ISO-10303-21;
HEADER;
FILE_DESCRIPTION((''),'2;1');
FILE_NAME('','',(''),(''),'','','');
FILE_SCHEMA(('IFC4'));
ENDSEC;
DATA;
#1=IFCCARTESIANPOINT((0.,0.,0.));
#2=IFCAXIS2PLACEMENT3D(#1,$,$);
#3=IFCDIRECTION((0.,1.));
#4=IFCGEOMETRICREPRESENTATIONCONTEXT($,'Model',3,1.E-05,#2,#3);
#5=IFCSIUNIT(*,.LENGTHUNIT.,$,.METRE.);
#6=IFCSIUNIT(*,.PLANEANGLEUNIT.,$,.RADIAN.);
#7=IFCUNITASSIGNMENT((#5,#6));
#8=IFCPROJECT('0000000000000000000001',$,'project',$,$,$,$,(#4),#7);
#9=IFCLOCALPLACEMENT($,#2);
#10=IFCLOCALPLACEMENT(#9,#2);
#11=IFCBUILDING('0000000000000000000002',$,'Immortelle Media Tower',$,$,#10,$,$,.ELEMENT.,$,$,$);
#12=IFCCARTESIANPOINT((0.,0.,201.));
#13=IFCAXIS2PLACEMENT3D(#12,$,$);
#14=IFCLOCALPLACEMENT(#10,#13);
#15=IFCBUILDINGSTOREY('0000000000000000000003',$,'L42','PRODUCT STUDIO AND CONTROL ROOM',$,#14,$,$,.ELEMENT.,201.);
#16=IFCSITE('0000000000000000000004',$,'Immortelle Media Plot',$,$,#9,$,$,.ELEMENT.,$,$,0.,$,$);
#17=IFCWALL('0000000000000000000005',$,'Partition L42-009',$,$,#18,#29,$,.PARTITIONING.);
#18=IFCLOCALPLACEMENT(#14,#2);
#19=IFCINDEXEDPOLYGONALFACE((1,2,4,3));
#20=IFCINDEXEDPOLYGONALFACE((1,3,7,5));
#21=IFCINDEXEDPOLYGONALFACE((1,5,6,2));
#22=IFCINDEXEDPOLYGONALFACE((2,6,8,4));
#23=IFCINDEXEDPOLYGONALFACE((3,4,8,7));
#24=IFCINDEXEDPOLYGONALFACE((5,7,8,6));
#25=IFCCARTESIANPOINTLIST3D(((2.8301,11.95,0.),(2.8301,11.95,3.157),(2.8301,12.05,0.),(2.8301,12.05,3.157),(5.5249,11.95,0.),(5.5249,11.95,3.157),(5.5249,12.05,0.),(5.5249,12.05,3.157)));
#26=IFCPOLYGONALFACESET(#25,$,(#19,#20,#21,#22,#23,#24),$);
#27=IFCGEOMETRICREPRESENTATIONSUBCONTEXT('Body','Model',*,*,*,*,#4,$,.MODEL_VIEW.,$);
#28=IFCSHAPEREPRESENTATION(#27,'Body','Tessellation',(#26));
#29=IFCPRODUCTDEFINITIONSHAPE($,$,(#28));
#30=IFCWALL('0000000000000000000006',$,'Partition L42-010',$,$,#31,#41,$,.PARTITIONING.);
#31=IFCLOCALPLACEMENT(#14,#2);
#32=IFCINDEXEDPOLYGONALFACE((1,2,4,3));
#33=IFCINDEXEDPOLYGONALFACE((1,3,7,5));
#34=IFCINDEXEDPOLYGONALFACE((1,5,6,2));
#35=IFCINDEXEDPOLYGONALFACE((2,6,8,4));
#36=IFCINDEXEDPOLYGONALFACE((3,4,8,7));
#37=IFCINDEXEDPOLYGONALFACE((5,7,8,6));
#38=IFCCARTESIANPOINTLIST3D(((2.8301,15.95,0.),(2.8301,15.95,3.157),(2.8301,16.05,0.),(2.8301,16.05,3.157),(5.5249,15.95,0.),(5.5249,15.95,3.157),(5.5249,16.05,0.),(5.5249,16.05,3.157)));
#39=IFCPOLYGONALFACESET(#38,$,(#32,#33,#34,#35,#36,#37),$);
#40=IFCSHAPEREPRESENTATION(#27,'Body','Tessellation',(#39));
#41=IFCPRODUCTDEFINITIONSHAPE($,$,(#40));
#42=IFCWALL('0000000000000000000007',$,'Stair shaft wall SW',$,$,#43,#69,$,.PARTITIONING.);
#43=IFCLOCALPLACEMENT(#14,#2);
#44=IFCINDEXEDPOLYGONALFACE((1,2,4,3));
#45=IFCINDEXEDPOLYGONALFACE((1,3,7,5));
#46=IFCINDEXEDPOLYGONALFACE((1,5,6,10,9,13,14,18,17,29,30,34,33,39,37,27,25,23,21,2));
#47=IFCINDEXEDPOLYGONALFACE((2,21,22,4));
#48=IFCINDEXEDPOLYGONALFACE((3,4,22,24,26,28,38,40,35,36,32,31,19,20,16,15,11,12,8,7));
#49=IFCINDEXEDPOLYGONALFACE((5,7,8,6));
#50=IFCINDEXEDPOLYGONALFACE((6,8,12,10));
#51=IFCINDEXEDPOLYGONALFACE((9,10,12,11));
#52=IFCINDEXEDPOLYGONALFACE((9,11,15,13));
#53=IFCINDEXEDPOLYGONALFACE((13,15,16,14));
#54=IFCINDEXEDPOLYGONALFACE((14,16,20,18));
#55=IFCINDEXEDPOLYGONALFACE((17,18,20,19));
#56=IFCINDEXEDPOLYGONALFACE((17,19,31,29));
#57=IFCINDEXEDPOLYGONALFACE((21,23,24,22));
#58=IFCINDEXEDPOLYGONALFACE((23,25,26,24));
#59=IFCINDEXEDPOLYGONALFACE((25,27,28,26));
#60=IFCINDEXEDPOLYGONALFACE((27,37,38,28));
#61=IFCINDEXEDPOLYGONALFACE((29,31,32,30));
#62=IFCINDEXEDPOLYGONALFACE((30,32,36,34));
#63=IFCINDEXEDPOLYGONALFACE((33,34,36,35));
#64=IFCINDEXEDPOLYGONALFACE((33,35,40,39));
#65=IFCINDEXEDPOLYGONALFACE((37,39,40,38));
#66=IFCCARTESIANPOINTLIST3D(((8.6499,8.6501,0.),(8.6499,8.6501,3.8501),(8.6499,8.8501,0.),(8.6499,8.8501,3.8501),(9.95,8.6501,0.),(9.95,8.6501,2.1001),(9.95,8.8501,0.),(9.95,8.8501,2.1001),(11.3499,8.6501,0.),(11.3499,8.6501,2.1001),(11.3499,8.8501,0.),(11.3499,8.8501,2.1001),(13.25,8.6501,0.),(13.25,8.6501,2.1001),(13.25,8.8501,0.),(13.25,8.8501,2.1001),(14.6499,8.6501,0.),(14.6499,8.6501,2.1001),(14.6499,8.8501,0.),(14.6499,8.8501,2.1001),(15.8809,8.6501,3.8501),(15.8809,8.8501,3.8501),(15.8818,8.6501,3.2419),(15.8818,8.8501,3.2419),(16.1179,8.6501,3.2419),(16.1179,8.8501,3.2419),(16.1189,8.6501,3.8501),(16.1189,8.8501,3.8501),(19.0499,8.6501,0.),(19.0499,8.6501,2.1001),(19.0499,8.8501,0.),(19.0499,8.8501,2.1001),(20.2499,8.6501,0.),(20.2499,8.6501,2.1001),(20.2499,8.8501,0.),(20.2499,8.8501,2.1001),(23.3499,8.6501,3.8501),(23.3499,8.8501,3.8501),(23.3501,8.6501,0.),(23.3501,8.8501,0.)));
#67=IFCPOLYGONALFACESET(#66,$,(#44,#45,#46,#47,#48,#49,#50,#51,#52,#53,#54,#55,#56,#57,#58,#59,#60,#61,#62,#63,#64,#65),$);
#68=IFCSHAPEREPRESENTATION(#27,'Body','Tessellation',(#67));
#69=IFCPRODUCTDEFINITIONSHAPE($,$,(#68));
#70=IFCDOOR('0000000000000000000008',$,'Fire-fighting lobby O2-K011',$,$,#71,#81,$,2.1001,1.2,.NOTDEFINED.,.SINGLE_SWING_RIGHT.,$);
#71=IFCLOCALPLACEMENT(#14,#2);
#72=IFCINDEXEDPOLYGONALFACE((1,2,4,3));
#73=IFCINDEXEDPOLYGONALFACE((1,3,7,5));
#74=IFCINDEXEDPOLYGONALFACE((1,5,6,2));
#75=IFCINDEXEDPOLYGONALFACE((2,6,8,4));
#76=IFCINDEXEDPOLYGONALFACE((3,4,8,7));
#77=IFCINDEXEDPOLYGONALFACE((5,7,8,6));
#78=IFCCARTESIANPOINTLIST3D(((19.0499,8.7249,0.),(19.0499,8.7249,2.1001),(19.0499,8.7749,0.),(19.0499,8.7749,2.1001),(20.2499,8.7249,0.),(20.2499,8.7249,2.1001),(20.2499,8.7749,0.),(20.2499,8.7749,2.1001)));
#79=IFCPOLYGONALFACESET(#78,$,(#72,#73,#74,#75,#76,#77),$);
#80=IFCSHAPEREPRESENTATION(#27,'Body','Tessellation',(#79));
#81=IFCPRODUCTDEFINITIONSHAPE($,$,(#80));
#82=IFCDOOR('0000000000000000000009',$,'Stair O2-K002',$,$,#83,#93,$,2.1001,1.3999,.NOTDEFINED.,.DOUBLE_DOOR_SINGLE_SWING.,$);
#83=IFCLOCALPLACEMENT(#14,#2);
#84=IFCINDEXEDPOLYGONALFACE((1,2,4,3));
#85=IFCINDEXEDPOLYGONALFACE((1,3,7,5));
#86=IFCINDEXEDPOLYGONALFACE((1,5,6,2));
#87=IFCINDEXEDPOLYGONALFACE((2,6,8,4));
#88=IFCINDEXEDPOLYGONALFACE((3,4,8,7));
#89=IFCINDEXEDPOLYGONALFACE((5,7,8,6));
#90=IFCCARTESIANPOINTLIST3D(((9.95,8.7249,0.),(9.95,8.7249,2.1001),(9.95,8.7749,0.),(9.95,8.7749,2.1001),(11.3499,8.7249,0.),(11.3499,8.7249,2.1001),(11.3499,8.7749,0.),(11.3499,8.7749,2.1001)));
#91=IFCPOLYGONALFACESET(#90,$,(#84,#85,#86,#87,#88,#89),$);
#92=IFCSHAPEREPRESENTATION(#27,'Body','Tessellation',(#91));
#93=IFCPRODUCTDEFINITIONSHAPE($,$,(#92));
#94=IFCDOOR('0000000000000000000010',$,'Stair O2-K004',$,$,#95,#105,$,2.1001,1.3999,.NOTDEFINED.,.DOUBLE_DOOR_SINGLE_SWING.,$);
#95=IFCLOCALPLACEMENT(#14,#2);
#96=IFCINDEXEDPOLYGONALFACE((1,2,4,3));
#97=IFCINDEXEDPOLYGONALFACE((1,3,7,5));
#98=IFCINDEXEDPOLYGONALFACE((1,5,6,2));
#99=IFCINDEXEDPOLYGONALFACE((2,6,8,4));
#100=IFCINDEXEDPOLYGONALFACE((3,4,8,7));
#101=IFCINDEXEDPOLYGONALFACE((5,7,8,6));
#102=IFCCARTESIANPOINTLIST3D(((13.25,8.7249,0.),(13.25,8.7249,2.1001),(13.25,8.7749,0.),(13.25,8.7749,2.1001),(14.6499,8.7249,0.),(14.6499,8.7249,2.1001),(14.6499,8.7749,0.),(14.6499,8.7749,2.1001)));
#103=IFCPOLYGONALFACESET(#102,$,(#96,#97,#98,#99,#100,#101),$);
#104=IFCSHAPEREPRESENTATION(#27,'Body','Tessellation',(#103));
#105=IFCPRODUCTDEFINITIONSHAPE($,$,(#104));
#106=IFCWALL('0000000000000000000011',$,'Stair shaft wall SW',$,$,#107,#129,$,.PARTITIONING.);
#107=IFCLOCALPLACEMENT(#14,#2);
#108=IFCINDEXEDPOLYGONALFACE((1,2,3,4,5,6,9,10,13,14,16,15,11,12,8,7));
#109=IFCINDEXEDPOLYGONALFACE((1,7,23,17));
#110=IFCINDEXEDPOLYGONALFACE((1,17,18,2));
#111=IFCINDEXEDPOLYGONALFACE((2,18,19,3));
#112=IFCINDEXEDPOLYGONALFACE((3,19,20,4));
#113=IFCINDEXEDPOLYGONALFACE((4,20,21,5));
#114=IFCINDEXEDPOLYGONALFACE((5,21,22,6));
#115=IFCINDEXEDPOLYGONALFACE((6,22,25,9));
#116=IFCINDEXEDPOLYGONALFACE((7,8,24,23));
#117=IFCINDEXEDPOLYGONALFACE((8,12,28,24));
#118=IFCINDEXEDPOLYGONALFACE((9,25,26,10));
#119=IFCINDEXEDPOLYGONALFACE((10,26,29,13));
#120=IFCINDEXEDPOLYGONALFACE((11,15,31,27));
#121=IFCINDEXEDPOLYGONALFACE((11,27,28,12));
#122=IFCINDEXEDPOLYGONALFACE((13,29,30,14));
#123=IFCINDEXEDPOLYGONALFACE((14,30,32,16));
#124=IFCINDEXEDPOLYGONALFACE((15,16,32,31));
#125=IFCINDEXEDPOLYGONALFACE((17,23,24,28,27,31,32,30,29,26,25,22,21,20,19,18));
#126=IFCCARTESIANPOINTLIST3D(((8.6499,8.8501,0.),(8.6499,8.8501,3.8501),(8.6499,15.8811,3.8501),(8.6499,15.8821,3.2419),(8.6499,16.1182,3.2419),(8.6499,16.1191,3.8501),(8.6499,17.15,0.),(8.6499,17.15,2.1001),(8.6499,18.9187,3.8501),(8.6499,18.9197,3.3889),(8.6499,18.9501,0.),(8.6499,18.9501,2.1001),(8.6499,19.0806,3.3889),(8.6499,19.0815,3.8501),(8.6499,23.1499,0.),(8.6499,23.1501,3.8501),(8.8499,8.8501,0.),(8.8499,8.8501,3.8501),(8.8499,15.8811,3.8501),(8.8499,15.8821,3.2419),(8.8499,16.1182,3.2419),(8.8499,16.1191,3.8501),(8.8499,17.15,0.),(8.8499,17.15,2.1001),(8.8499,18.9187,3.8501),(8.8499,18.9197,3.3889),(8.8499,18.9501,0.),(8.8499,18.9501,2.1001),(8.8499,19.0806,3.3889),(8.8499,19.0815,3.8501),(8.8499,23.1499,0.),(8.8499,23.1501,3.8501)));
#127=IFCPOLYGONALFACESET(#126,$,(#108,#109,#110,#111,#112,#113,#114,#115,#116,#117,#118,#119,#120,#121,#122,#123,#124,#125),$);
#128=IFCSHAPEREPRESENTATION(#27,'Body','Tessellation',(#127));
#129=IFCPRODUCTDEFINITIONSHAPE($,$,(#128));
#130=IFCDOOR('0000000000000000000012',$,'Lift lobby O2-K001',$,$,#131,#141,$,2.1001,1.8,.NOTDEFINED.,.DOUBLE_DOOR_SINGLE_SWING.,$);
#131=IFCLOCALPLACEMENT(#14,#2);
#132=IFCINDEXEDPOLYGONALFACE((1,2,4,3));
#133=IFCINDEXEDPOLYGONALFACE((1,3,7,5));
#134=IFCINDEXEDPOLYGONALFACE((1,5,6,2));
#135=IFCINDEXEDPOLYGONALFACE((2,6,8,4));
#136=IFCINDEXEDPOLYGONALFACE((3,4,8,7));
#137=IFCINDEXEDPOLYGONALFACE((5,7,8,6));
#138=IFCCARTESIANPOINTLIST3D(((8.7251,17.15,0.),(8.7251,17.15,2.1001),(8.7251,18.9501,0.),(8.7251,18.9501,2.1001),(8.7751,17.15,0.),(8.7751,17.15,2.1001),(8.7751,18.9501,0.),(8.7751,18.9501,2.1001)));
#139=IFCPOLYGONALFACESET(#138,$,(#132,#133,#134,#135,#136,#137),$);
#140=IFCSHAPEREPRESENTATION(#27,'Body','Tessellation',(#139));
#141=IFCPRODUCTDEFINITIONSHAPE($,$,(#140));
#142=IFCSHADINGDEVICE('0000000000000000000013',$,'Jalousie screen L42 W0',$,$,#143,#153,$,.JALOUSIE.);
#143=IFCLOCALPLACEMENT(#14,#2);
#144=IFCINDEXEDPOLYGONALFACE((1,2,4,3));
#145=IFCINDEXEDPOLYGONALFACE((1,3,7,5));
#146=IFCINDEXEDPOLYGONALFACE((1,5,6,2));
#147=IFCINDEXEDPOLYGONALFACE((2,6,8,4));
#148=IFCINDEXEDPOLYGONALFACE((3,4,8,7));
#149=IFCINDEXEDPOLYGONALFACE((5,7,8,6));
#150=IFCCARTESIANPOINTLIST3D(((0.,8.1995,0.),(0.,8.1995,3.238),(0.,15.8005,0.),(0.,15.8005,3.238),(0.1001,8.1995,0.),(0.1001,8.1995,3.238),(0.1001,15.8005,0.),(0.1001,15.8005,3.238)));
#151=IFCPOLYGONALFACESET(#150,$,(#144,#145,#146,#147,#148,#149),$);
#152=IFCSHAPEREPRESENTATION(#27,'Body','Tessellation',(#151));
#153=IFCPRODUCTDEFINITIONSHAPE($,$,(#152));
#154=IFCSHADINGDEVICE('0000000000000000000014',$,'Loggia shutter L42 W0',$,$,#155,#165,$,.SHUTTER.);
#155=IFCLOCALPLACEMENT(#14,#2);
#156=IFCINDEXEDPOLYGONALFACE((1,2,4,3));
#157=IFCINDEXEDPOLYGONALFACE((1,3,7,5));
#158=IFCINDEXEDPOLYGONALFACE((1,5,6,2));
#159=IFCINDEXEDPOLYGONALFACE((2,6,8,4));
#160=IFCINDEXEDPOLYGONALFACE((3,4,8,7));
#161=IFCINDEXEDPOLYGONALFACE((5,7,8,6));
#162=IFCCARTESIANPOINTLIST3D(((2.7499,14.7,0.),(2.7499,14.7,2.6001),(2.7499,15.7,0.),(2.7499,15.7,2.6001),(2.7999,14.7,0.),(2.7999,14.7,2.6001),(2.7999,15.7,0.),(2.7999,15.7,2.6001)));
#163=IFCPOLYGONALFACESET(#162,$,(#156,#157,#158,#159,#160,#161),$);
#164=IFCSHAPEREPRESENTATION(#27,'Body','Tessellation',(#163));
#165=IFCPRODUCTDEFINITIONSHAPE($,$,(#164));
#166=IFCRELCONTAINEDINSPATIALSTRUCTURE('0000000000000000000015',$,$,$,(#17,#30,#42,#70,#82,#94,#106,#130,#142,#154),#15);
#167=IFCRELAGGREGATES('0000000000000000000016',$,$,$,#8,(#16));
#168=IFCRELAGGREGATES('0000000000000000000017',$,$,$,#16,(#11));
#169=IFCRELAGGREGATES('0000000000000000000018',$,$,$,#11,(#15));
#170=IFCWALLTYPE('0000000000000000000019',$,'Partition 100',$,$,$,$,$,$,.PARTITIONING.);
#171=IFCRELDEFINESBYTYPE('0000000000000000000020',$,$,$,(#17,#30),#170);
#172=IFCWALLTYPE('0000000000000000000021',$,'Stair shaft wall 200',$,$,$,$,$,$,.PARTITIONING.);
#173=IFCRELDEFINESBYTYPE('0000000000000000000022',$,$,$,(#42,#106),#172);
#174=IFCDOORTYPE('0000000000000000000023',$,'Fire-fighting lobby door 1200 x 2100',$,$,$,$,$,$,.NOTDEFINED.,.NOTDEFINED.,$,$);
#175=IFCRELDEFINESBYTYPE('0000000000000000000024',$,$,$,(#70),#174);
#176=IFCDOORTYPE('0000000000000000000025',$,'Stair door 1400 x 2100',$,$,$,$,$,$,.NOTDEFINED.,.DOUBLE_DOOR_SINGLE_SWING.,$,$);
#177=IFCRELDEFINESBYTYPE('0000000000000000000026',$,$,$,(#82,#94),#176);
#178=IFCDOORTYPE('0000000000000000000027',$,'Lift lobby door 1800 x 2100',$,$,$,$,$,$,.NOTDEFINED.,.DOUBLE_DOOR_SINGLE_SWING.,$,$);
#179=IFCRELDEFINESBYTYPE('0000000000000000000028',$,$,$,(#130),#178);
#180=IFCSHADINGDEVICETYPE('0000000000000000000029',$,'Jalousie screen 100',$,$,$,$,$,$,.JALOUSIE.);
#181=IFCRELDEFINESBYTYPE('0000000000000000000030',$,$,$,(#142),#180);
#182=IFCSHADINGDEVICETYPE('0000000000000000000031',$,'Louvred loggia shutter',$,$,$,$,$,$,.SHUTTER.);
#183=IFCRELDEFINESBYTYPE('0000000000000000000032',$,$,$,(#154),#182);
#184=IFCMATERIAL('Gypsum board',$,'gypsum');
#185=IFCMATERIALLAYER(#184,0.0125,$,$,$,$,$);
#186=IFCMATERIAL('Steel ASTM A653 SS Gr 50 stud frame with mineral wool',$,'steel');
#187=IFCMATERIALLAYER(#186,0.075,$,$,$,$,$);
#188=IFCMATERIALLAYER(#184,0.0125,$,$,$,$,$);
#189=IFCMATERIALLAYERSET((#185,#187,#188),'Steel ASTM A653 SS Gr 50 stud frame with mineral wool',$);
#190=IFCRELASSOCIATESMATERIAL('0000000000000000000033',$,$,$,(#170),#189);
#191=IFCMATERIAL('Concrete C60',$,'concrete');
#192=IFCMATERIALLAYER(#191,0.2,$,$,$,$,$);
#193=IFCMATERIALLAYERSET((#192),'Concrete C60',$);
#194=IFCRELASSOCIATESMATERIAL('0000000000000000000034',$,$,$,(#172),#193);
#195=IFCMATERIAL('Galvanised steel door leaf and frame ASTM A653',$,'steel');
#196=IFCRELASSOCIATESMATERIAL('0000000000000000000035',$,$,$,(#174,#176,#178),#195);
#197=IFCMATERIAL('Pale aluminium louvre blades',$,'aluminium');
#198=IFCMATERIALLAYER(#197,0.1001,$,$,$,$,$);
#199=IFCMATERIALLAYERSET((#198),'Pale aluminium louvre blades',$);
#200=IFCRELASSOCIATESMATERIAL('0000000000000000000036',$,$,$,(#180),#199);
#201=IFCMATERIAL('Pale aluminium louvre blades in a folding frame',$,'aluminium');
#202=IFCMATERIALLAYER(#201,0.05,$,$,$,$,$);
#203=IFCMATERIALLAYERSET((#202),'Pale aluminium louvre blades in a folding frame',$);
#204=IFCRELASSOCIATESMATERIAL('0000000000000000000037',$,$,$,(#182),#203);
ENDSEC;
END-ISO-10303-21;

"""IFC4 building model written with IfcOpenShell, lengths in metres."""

from ifc_helpers import new_model, si_unit, direction, frame, frame_2d, origin, origin_2d, place, context, subcontext, project, spatial, polyline, rectangle, outline, extrude, material, layer, layer_set, type_object, element, fill, save


model = new_model("IFC4")

# Units and contexts
model_context = context("Model", 3, precision=1e-05, world=origin(), true_north=direction((0.0, 1.0)))
body_context = subcontext(model_context, "Body", "Model", "MODEL_VIEW")
ifc_project = project(units=[si_unit("LENGTHUNIT", "METRE"), si_unit("PLANEANGLEUNIT", "RADIAN")], contexts=[model_context])

# Site, building, storey
site_placement = place(None, origin())
site = spatial("IfcSite", under=ifc_project, at=site_placement, Name="Immortelle Media Plot", CompositionType="ELEMENT", RefElevation=0.0)
building_placement = place(site_placement, origin())
building = spatial("IfcBuilding", under=site, at=building_placement, Name="Immortelle Media Tower", CompositionType="ELEMENT")
storey_placement = place(building_placement, frame((0.0, 0.0, 201.0)))
storey = spatial("IfcBuildingStorey", under=building, at=storey_placement, Name="L42", Description="PRODUCT STUDIO AND CONTROL ROOM", CompositionType="ELEMENT", Elevation=201.0)

# Shared definitions
ifc_material_1 = material(Name="Steel ASTM A653 SS Gr 50 stud frame with mineral wool", Category="steel")

# Walls
ifc_material_2 = material(Name="Gypsum board", Category="gypsum")
ifc_layer_1 = layer(ifc_material_2, 0.0125)
ifc_layer_2 = layer(ifc_material_1, 0.075)
ifc_layer_3 = layer(ifc_material_2, 0.0125)
ifc_layer_set_1 = layer_set([ifc_layer_1, ifc_layer_2, ifc_layer_3], Name="Steel ASTM A653 SS Gr 50 stud frame with mineral wool")
wall_type_1 = type_object("IfcWallType", Name="Partition 100", PredefinedType="PARTITIONING", material=ifc_layer_set_1)
for number, where, z_axis, x_axis, name in (
    (1, (2.8301, 12.0, 0.0), (0.0, 0.0, 1.0), (1.0, 0.0, 0.0), "Partition L42-009"),
    (2, (2.8301, 16.0, 0.0), (0.0, 0.0, 1.0), (1.0, 0.0, 0.0), "Partition L42-010"),
):
    element("IfcWall", number, at=place(storey_placement, frame(where, z_axis=z_axis, x_axis=x_axis)), inside=storey, type_object=wall_type_1, Name=name, PredefinedType="PARTITIONING", context=body_context, shape_type="SweptSolid", body=[
        extrude(rectangle(XDim=2.6948, YDim=0.1001, at=frame_2d((1.3474, 0.0))), origin(), (0.0, 0.0, 1.0), 3.157),
    ])

# Wall, openings, doors
ifc_material_3 = material(Name="Concrete C60", Category="concrete")
ifc_layer_4 = layer(ifc_material_3, 0.2)
ifc_layer_set_2 = layer_set([ifc_layer_4], Name="Concrete C60")
wall_type_2 = type_object("IfcWallType", Name="Stair shaft wall 200", PredefinedType="PARTITIONING", material=ifc_layer_set_2)
wall_1_placement = place(storey_placement, frame((8.6499, 8.75, 0.0), z_axis=(0.0, 0.0, 1.0), x_axis=(1.0, 0.0, 0.0)))
wall_1 = element("IfcWall", 3, at=wall_1_placement, inside=storey, type_object=wall_type_2, Name="Stair shaft wall SW", PredefinedType="PARTITIONING", context=body_context, shape_type="SweptSolid", body=[
    extrude(outline(polyline([(0.0, 0.0), (14.7002, 0.0), (14.7, 3.8501), (7.469, 3.8501), (7.468, 3.2419), (7.2319, 3.2419), (7.231, 3.8501), (0.0, 3.8501), (0.0, 0.0)])), frame((0.0, 0.1001, 0.0), z_axis=(0.0, -1.0, 0.0), x_axis=(1.0, 0.0, 0.0)), (0.0, 0.0, 1.0), 0.2),
])
opening_1_placement = place(wall_1_placement, frame((1.3, 0.0, 0.0)))
opening_1 = element("IfcOpeningElement", 4, at=opening_1_placement, cuts=wall_1, PredefinedType="OPENING", context=body_context, shape_type="SweptSolid", body=[
    extrude(rectangle(XDim=1.3999, YDim=2.1001, at=frame_2d((0.7, 1.05))), frame((0.0, 0.1099, 0.0), z_axis=(0.0, -1.0, 0.0), x_axis=(1.0, 0.0, 0.0)), (0.0, 0.0, 1.0), 0.22),
])
opening_2_placement = place(wall_1_placement, frame((4.6001, 0.0, 0.0)))
opening_2 = element("IfcOpeningElement", 5, at=opening_2_placement, cuts=wall_1, PredefinedType="OPENING", context=body_context, shape_type="SweptSolid", body=[
    extrude(rectangle(XDim=1.3999, YDim=2.1001, at=frame_2d((0.7, 1.05))), frame((0.0, 0.1099, 0.0), z_axis=(0.0, -1.0, 0.0), x_axis=(1.0, 0.0, 0.0)), (0.0, 0.0, 1.0), 0.22),
])
opening_3_placement = place(wall_1_placement, frame((10.3999, 0.0, 0.0)))
opening_3 = element("IfcOpeningElement", 6, at=opening_3_placement, cuts=wall_1, PredefinedType="OPENING", context=body_context, shape_type="SweptSolid", body=[
    extrude(rectangle(XDim=1.2, YDim=2.1001, at=frame_2d((0.6001, 1.05))), frame((0.0, 0.1099, 0.0), z_axis=(0.0, -1.0, 0.0), x_axis=(1.0, 0.0, 0.0)), (0.0, 0.0, 1.0), 0.22),
])
ifc_material_4 = material(Name="Galvanised steel door leaf and frame ASTM A653", Category="steel")
door_type_1 = type_object("IfcDoorType", Name="Fire-fighting lobby door 1200 x 2100", OperationType="NOTDEFINED", PredefinedType="NOTDEFINED", material=ifc_material_4)
door_1_placement = place(opening_3_placement, origin())
door_1 = element("IfcDoor", 7, at=door_1_placement, inside=storey, type_object=door_type_1, Name="Fire-fighting lobby O2-K011", OperationType="SINGLE_SWING_RIGHT", OverallHeight=2.1001, OverallWidth=1.2, PredefinedType="NOTDEFINED", context=body_context, shape_type="SweptSolid", body=[
    extrude(rectangle(XDim=1.2, YDim=2.1001, at=frame_2d((0.6001, 1.05))), frame((0.0, 0.0249, 0.0), z_axis=(0.0, -1.0, 0.0), x_axis=(1.0, 0.0, 0.0)), (0.0, 0.0, 1.0), 0.05),
])
fill(opening_3, door_1)
door_type_2 = type_object("IfcDoorType", Name="Stair door 1400 x 2100", OperationType="DOUBLE_DOOR_SINGLE_SWING", PredefinedType="NOTDEFINED", material=ifc_material_4)
door_2_placement = place(opening_1_placement, origin())
door_2 = element("IfcDoor", 8, at=door_2_placement, inside=storey, type_object=door_type_2, Name="Stair O2-K002", OperationType="DOUBLE_DOOR_SINGLE_SWING", OverallHeight=2.1001, OverallWidth=1.3999, PredefinedType="NOTDEFINED", context=body_context, shape_type="SweptSolid", body=[
    extrude(rectangle(XDim=1.3999, YDim=2.1001, at=frame_2d((0.7, 1.05))), frame((0.0, 0.0249, 0.0), z_axis=(0.0, -1.0, 0.0), x_axis=(1.0, 0.0, 0.0)), (0.0, 0.0, 1.0), 0.05),
])
fill(opening_1, door_2)
door_3_placement = place(opening_2_placement, origin())
door_3 = element("IfcDoor", 9, at=door_3_placement, inside=storey, type_object=door_type_2, Name="Stair O2-K004", OperationType="DOUBLE_DOOR_SINGLE_SWING", OverallHeight=2.1001, OverallWidth=1.3999, PredefinedType="NOTDEFINED", context=body_context, shape_type="SweptSolid", body=[
    extrude(rectangle(XDim=1.3999, YDim=2.1001, at=frame_2d((0.7, 1.05))), frame((0.0, 0.0249, 0.0), z_axis=(0.0, -1.0, 0.0), x_axis=(1.0, 0.0, 0.0)), (0.0, 0.0, 1.0), 0.05),
])
fill(opening_2, door_3)

# Wall, opening, door
wall_2_placement = place(storey_placement, frame((8.75, 8.8501, 0.0), z_axis=(0.0, 0.0, 1.0), x_axis=(0.0, 1.0, 0.0)))
wall_2 = element("IfcWall", 10, at=wall_2_placement, inside=storey, type_object=wall_type_2, Name="Stair shaft wall SW", PredefinedType="PARTITIONING", context=body_context, shape_type="SweptSolid", body=[
    extrude(outline(polyline([(0.0, 0.0), (14.2998, 0.0), (14.3, 3.8501), (10.2314, 3.8501), (10.2305, 3.3889), (10.0696, 3.3889), (10.0686, 3.8501), (7.269, 3.8501), (7.2681, 3.2419), (7.032, 3.2419), (7.031, 3.8501), (0.0, 3.8501), (0.0, 0.0)])), frame((0.0, 0.1001, 0.0), z_axis=(0.0, -1.0, 0.0), x_axis=(1.0, 0.0, 0.0)), (0.0, 0.0, 1.0), 0.2),
])
opening_4_placement = place(wall_2_placement, frame((8.3, 0.0, 0.0)))
opening_4 = element("IfcOpeningElement", 11, at=opening_4_placement, cuts=wall_2, PredefinedType="OPENING", context=body_context, shape_type="SweptSolid", body=[
    extrude(rectangle(XDim=1.8, YDim=2.1001, at=frame_2d((0.8999, 1.05))), frame((0.0, 0.1099, 0.0), z_axis=(0.0, -1.0, 0.0), x_axis=(1.0, 0.0, 0.0)), (0.0, 0.0, 1.0), 0.22),
])
door_type_3 = type_object("IfcDoorType", Name="Lift lobby door 1800 x 2100", OperationType="DOUBLE_DOOR_SINGLE_SWING", PredefinedType="NOTDEFINED", material=ifc_material_4)
door_4_placement = place(opening_4_placement, origin())
door_4 = element("IfcDoor", 12, at=door_4_placement, inside=storey, type_object=door_type_3, Name="Lift lobby O2-K001", OperationType="DOUBLE_DOOR_SINGLE_SWING", OverallHeight=2.1001, OverallWidth=1.8, PredefinedType="NOTDEFINED", context=body_context, shape_type="SweptSolid", body=[
    extrude(rectangle(XDim=1.8, YDim=2.1001, at=frame_2d((0.8999, 1.05))), frame((0.0, 0.0249, 0.0), z_axis=(0.0, -1.0, 0.0), x_axis=(1.0, 0.0, 0.0)), (0.0, 0.0, 1.0), 0.05),
])
fill(opening_4, door_4)

# Shading devices
ifc_material_5 = material(Name="Pale aluminium louvre blades", Category="aluminium")
ifc_layer_5 = layer(ifc_material_5, 0.1001)
ifc_layer_set_3 = layer_set([ifc_layer_5], Name="Pale aluminium louvre blades")
shading_device_type_1 = type_object("IfcShadingDeviceType", Name="Jalousie screen 100", PredefinedType="JALOUSIE", material=ifc_layer_set_3)
shading_device_1_placement = place(storey_placement, frame((0.05, 12.0, 0.0), z_axis=(0.0, 0.0, 1.0), x_axis=(0.0, -1.0, 0.0)))
element("IfcShadingDevice", 13, at=shading_device_1_placement, inside=storey, type_object=shading_device_type_1, Name="Jalousie screen L42 W0", PredefinedType="JALOUSIE", context=body_context, shape_type="SweptSolid", body=[
    extrude(rectangle(XDim=7.6011, YDim=0.1001, at=origin_2d()), origin(), (0.0, 0.0, 1.0), 3.238),
])
ifc_material_6 = material(Name="Pale aluminium louvre blades in a folding frame", Category="aluminium")
ifc_layer_6 = layer(ifc_material_6, 0.05)
ifc_layer_set_4 = layer_set([ifc_layer_6], Name="Pale aluminium louvre blades in a folding frame")
shading_device_type_2 = type_object("IfcShadingDeviceType", Name="Louvred loggia shutter", PredefinedType="SHUTTER", material=ifc_layer_set_4)
shading_device_2_placement = place(storey_placement, frame((2.7749, 15.2, 0.0), z_axis=(0.0, 0.0, 1.0), x_axis=(0.0, -1.0, 0.0)))
element("IfcShadingDevice", 14, at=shading_device_2_placement, inside=storey, type_object=shading_device_type_2, Name="Loggia shutter L42 W0", PredefinedType="SHUTTER", context=body_context, shape_type="SweptSolid", body=[
    extrude(rectangle(XDim=1.0, YDim=0.05, at=origin_2d()), origin(), (0.0, 0.0, 1.0), 2.6001),
])

save(model, "model.ifc")
